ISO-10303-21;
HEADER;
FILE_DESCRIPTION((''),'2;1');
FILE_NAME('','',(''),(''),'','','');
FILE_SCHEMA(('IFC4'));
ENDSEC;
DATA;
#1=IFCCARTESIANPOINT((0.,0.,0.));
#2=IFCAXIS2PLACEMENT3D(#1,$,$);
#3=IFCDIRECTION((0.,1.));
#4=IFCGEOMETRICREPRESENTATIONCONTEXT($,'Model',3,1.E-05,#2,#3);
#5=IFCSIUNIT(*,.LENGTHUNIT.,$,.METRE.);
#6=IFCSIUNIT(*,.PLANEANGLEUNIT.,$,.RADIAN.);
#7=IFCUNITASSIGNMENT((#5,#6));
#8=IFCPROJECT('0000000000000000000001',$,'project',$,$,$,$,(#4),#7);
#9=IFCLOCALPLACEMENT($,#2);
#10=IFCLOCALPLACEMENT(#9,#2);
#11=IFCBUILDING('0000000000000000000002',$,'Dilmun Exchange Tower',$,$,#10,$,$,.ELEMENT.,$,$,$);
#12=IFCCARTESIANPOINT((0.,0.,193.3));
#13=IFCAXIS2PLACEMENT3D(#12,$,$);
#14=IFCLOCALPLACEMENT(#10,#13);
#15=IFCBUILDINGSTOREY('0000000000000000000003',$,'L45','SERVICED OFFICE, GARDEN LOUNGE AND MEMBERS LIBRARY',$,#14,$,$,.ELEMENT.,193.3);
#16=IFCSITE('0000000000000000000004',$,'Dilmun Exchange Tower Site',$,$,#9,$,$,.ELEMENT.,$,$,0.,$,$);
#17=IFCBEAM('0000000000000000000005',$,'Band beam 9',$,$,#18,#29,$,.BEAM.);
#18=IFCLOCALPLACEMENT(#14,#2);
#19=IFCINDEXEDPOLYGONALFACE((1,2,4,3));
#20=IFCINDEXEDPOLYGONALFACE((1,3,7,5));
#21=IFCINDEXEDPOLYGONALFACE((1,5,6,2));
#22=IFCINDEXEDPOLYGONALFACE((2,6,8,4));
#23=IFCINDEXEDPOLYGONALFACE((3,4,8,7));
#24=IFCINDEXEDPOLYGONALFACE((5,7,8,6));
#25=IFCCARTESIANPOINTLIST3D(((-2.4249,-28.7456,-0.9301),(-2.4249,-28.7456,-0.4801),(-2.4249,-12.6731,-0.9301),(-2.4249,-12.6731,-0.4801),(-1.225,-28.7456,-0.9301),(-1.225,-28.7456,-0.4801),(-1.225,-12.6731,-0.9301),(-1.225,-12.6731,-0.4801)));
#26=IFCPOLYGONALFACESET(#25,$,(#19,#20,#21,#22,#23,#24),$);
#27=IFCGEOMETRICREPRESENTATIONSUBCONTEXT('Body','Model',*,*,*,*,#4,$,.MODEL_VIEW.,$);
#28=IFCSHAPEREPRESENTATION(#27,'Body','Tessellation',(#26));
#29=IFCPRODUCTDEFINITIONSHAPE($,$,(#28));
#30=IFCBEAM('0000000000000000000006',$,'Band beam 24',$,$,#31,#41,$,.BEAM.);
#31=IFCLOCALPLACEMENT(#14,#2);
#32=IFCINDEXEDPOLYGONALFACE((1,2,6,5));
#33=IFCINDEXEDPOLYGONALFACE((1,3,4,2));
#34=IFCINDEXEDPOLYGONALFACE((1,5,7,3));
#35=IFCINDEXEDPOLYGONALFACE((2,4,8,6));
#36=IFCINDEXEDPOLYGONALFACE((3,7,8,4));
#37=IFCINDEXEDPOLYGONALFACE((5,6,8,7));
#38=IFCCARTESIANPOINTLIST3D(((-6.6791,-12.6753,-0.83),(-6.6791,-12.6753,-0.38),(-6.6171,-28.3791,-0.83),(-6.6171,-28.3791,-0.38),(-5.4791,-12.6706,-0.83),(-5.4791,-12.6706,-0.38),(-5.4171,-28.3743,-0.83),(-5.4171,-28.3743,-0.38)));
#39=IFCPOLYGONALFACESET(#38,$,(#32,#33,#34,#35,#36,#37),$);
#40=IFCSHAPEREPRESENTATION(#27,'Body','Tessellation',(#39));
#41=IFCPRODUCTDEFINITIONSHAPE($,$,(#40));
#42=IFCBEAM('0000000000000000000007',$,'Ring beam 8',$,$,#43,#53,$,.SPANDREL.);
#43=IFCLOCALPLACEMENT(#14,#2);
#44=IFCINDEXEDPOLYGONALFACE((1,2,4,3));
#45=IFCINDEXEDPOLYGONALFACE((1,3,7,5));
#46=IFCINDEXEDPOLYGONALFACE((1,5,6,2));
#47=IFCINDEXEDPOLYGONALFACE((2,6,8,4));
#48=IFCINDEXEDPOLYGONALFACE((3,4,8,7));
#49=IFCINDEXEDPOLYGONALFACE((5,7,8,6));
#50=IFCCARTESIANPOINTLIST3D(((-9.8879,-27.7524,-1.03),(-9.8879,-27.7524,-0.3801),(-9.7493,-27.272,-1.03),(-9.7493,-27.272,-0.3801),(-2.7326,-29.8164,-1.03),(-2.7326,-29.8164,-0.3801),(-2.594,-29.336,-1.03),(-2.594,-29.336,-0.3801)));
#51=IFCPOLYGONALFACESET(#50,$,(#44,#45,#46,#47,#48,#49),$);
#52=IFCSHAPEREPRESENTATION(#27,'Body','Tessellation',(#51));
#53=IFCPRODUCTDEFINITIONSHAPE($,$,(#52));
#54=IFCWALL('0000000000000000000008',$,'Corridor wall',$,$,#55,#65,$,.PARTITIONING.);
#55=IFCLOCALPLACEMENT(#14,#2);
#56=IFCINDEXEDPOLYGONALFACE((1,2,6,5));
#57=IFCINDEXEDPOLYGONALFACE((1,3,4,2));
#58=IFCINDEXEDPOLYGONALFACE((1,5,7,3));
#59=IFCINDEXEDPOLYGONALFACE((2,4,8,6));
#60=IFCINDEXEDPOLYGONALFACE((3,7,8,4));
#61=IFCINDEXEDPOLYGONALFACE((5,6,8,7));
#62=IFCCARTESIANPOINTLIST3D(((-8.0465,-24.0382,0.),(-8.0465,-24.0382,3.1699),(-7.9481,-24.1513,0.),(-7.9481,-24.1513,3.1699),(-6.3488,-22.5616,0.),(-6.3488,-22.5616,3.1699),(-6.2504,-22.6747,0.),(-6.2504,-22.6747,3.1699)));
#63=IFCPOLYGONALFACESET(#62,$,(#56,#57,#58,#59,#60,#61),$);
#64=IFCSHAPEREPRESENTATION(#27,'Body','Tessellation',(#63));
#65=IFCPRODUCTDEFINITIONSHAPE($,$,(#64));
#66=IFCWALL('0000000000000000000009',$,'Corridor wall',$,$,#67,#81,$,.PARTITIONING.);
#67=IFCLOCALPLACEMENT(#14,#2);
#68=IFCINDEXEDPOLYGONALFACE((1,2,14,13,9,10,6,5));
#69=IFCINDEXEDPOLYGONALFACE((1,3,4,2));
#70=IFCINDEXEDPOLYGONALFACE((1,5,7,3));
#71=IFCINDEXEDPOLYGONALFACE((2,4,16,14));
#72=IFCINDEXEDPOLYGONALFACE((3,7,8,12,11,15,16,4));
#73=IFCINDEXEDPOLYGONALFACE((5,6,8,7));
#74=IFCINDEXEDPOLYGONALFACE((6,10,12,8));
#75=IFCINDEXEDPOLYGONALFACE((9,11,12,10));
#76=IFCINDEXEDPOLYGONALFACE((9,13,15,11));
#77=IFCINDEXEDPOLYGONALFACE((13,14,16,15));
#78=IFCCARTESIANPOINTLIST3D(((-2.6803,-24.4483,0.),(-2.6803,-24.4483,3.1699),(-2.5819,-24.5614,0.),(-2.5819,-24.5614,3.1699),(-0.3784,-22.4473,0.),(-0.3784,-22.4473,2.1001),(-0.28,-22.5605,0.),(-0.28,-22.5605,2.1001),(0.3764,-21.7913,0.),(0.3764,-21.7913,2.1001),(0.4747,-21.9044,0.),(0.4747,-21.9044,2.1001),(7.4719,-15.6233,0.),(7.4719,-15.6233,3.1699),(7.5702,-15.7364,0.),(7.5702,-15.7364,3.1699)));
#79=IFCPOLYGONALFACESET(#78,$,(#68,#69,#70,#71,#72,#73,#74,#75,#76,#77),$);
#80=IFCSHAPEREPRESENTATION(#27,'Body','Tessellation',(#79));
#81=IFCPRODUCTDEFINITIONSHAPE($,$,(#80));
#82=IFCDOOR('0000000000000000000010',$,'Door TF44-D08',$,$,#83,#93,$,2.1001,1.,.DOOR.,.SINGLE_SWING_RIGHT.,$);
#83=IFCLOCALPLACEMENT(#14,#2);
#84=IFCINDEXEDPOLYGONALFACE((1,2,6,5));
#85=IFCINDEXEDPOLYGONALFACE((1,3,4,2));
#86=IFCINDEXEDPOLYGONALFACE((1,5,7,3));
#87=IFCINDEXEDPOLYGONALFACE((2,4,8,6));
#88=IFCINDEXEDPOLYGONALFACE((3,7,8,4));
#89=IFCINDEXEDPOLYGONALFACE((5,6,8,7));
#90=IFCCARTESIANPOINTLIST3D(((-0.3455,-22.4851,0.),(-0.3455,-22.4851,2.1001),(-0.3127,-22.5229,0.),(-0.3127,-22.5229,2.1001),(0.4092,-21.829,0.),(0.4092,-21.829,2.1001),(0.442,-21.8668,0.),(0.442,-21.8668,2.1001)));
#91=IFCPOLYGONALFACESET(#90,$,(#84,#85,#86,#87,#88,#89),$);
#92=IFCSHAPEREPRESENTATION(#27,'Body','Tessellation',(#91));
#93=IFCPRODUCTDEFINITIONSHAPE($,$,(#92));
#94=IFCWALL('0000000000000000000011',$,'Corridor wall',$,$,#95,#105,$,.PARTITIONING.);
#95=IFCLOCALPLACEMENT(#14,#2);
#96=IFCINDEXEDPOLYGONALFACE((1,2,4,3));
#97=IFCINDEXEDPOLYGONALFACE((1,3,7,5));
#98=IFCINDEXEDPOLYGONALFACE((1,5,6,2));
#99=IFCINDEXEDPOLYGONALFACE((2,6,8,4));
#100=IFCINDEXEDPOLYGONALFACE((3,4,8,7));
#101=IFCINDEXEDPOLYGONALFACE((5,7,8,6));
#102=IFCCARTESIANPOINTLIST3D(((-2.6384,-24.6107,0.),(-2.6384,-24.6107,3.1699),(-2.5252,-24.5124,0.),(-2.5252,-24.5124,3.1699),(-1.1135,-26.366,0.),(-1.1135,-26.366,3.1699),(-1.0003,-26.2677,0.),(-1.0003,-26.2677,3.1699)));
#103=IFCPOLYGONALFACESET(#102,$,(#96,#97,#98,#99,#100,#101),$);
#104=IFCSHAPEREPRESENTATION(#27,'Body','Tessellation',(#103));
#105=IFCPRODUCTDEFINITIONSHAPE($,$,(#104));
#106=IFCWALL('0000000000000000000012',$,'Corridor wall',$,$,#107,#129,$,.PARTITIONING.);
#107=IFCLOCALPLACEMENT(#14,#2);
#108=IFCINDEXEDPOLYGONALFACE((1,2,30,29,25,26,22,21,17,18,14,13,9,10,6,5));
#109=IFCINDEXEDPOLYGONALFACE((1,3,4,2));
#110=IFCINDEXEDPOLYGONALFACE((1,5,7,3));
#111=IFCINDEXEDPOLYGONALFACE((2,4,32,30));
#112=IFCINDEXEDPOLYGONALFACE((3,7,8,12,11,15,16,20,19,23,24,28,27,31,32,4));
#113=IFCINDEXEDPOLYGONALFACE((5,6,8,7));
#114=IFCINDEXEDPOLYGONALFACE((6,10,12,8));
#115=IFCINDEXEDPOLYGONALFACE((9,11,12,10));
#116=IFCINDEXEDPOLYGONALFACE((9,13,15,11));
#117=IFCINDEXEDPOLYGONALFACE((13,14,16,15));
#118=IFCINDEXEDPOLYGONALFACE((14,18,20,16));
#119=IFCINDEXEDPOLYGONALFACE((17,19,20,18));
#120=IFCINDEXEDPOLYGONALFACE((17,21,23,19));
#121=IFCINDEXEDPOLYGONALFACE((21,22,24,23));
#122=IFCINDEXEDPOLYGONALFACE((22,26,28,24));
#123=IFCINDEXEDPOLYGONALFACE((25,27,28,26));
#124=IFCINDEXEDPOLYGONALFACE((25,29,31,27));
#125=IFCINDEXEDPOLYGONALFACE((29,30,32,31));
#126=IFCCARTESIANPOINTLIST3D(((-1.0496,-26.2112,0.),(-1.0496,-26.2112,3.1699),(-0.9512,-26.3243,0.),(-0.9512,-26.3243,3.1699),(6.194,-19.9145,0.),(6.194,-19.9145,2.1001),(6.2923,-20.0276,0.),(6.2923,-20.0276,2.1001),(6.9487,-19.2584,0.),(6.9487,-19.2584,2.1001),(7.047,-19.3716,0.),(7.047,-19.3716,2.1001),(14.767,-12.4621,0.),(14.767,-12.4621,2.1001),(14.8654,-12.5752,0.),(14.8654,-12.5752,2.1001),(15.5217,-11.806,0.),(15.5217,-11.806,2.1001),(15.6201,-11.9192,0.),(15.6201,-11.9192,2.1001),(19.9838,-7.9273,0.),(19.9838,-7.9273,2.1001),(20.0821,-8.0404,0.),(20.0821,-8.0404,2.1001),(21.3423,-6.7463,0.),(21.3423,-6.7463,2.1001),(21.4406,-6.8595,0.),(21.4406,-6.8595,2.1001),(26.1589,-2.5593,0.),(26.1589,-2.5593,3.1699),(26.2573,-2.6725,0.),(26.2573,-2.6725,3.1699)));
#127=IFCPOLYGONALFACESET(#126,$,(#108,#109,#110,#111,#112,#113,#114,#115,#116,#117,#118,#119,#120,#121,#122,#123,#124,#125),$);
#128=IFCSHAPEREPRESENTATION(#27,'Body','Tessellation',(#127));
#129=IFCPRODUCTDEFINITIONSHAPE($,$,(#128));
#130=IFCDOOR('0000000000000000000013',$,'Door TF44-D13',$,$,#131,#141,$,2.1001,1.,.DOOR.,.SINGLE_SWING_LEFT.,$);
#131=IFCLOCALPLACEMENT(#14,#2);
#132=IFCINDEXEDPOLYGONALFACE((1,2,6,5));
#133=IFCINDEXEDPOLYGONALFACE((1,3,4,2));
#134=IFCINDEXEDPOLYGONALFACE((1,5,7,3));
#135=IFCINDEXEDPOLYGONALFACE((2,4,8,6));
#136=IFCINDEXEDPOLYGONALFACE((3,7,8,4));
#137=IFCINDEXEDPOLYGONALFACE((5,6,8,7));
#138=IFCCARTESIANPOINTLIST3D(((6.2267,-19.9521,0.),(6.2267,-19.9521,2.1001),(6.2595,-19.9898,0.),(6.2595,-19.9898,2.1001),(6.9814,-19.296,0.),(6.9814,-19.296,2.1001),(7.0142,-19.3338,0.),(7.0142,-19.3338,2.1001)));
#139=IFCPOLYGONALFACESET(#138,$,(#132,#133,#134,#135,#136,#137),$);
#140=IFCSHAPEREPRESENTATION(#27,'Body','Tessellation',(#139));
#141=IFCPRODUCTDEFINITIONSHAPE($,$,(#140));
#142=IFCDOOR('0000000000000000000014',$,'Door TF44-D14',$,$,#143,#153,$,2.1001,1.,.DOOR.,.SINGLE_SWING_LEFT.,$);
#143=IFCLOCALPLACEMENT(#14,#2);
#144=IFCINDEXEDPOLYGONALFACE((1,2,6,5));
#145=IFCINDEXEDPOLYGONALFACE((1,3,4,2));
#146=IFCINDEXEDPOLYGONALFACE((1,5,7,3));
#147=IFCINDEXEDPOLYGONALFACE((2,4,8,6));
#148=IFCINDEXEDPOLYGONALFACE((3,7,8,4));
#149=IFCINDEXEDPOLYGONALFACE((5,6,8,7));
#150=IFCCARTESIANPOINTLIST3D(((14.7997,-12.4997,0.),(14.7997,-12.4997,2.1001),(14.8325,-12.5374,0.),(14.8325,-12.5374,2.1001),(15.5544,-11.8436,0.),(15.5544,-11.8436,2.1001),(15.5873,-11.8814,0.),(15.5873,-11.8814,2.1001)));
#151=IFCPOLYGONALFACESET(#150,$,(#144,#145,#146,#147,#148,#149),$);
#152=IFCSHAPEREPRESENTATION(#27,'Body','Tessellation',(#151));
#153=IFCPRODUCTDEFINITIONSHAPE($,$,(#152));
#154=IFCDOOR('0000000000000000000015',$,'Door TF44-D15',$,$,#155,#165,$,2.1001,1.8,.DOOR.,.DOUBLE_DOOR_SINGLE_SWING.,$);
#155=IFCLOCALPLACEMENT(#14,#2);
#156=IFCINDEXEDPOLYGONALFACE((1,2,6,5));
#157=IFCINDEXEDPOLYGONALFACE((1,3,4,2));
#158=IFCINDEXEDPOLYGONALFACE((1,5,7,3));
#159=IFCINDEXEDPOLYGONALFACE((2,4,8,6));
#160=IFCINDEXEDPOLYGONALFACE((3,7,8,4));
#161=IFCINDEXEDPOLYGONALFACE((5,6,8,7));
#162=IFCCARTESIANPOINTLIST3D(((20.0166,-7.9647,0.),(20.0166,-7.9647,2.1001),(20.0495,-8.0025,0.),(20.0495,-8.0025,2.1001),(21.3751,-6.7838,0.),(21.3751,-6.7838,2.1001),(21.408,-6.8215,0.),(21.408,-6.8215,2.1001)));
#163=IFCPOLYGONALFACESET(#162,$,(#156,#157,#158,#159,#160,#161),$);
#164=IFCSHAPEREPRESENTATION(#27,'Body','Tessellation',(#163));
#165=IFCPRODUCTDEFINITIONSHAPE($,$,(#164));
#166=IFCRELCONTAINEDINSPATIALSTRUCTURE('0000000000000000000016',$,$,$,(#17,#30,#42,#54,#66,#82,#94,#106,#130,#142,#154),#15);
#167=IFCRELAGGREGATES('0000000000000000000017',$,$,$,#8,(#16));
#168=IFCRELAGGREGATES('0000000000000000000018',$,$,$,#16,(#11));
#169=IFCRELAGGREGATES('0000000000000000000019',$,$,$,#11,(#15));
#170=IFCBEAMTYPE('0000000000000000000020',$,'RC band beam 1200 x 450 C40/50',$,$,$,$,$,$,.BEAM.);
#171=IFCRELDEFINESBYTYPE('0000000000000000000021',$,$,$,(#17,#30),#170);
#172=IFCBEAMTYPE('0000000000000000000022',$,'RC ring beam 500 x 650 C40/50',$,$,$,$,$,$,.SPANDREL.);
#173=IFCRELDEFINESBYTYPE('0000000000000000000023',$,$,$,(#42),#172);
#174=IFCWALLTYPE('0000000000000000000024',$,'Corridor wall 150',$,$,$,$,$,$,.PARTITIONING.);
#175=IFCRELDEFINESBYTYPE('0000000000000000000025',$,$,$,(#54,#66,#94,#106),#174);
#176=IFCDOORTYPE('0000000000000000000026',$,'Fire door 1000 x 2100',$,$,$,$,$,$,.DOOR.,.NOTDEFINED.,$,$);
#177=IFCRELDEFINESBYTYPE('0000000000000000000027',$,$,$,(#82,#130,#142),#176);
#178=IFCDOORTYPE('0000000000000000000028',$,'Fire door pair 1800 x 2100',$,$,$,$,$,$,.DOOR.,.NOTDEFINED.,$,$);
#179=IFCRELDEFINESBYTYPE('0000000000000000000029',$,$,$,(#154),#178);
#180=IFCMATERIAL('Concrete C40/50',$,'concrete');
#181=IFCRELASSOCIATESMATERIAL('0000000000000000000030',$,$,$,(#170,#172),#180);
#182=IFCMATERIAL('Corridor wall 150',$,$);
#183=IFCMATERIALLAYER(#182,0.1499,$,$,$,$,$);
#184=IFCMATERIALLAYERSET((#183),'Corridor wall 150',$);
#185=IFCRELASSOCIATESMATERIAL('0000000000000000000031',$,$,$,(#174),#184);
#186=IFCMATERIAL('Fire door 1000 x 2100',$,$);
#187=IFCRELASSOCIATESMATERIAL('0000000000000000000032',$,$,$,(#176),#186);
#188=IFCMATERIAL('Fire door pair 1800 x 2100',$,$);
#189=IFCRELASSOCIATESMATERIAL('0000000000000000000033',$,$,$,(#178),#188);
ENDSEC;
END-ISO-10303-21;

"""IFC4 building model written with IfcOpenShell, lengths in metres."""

from ifc_helpers import new_model, si_unit, direction, frame, frame_2d, origin, origin_2d, place, context, subcontext, project, spatial, rectangle, extrude, material, layer, layer_set, material_profile, profile_set, type_object, element, fill, save


model = new_model("IFC4")

# Units and contexts
model_context = context("Model", 3, precision=1e-05, world=origin(), true_north=direction((0.0, 1.0)))
body_context = subcontext(model_context, "Body", "Model", "MODEL_VIEW")
ifc_project = project(units=[si_unit("LENGTHUNIT", "METRE"), si_unit("PLANEANGLEUNIT", "RADIAN")], contexts=[model_context])

# Site, building, storey
site_placement = place(None, origin())
site = spatial("IfcSite", under=ifc_project, at=site_placement, Name="Dilmun Exchange Tower Site", CompositionType="ELEMENT", RefElevation=0.0)
building_placement = place(site_placement, origin())
building = spatial("IfcBuilding", under=site, at=building_placement, Name="Dilmun Exchange Tower", CompositionType="ELEMENT")
storey_placement = place(building_placement, frame((0.0, 0.0, 193.3)))
storey = spatial("IfcBuildingStorey", under=building, at=storey_placement, Name="L45", Description="SERVICED OFFICE, GARDEN LOUNGE AND MEMBERS LIBRARY", CompositionType="ELEMENT", Elevation=193.3)

# Beams
ifc_material_1 = material(Name="Concrete C40/50", Category="concrete")
ifc_material_profile_1 = material_profile(ifc_material_1, rectangle(XDim=1.2, YDim=0.45, at=origin_2d()), Name="1200 x 450")
ifc_profile_set_1 = profile_set([ifc_material_profile_1], Name="Concrete C40/50")
beam_type_1 = type_object("IfcBeamType", Name="RC band beam 1200 x 450 C40/50", PredefinedType="BEAM", material=ifc_profile_set_1)
beam_1_placement = place(storey_placement, frame((-1.825, -28.7456, -0.7051), z_axis=(0.0, 1.0, 0.0), x_axis=(-1.0, 0.0, 0.0)))
element("IfcBeam", 1, at=beam_1_placement, inside=storey, type_object=beam_type_1, Name="Band beam 9", PredefinedType="BEAM", context=body_context, shape_type="SweptSolid", body=[
    extrude(rectangle(XDim=1.2, YDim=0.45, at=origin_2d()), origin(), (0.0, 0.0, 1.0), 16.0725),
])
beam_2_placement = place(storey_placement, frame((-6.0171, -28.3767, -0.605), z_axis=(-0.003949, 0.999992, 0.0), x_axis=(-0.999992, -0.003949, 0.0)))
element("IfcBeam", 2, at=beam_2_placement, inside=storey, type_object=beam_type_1, Name="Band beam 24", PredefinedType="BEAM", context=body_context, shape_type="SweptSolid", body=[
    extrude(rectangle(XDim=1.2, YDim=0.45, at=origin_2d()), origin(), (0.0, 0.0, 1.0), 15.7039),
])
ifc_material_profile_2 = material_profile(ifc_material_1, rectangle(XDim=0.5, YDim=0.6499, at=origin_2d()), Name="500 x 650")
ifc_profile_set_2 = profile_set([ifc_material_profile_2], Name="Concrete C40/50")
beam_type_2 = type_object("IfcBeamType", Name="RC ring beam 500 x 650 C40/50", PredefinedType="SPANDREL", material=ifc_profile_set_2)
beam_3_placement = place(storey_placement, frame((-9.8186, -27.5122, -0.7051), z_axis=(0.960826, -0.277154, 0.0), x_axis=(0.277154, 0.960826, 0.0)))
element("IfcBeam", 3, at=beam_3_placement, inside=storey, type_object=beam_type_2, Name="Ring beam 8", PredefinedType="SPANDREL", context=body_context, shape_type="SweptSolid", body=[
    extrude(rectangle(XDim=0.5, YDim=0.6499, at=origin_2d()), origin(), (0.0, 0.0, 1.0), 7.447),
])

# Wall
ifc_material_2 = material(Name="Corridor wall 150")
ifc_layer = layer(ifc_material_2, 0.1499)
ifc_layer_set = layer_set([ifc_layer], Name="Corridor wall 150")
wall_type = type_object("IfcWallType", Name="Corridor wall 150", PredefinedType="PARTITIONING", material=ifc_layer_set)
wall_1_placement = place(storey_placement, frame((-7.9973, -24.0947, 0.0), z_axis=(0.0, 0.0, 1.0), x_axis=(0.754549, 0.656243, 0.0)))
element("IfcWall", 4, at=wall_1_placement, inside=storey, type_object=wall_type, Name="Corridor wall", PredefinedType="PARTITIONING", context=body_context, shape_type="SweptSolid", body=[
    extrude(rectangle(XDim=2.25, YDim=0.1499, at=frame_2d((1.125, 0.0))), origin(), (0.0, 0.0, 1.0), 3.1699),
])

# Wall, opening, door
wall_2_placement = place(storey_placement, frame((-2.6311, -24.5049, 0.0), z_axis=(0.0, 0.0, 1.0), x_axis=(0.754715, 0.656053, 0.0)))
wall_2 = element("IfcWall", 5, at=wall_2_placement, inside=storey, type_object=wall_type, Name="Corridor wall", PredefinedType="PARTITIONING", context=body_context, shape_type="SweptSolid", body=[
    extrude(rectangle(XDim=13.4517, YDim=0.1499, at=frame_2d((6.7258, 0.0))), origin(), (0.0, 0.0, 1.0), 3.1699),
])
opening_1_placement = place(wall_2_placement, frame((3.05, 0.0, 0.0)))
opening_1 = element("IfcOpeningElement", 6, at=opening_1_placement, cuts=wall_2, PredefinedType="OPENING", context=body_context, shape_type="SweptSolid", body=[
    extrude(rectangle(XDim=1.0, YDim=2.1001, at=frame_2d((0.5, 1.05))), frame((0.0, 0.085, 0.0), z_axis=(0.0, -1.0, 0.0), x_axis=(1.0, 0.0, 0.0)), (0.0, 0.0, 1.0), 0.1699),
])
ifc_material_3 = material(Name="Fire door 1000 x 2100")
door_type_1 = type_object("IfcDoorType", Name="Fire door 1000 x 2100", OperationType="NOTDEFINED", PredefinedType="DOOR", material=ifc_material_3)
door_1_placement = place(opening_1_placement, origin())
door_1 = element("IfcDoor", 7, at=door_1_placement, inside=storey, type_object=door_type_1, Name="Door TF44-D08", OperationType="SINGLE_SWING_RIGHT", OverallHeight=2.1001, OverallWidth=1.0, PredefinedType="DOOR", context=body_context, shape_type="SweptSolid", body=[
    extrude(rectangle(XDim=1.0, YDim=2.1001, at=frame_2d((0.5, 1.05))), frame((0.0, 0.0249, 0.0), z_axis=(0.0, -1.0, 0.0), x_axis=(1.0, 0.0, 0.0)), (0.0, 0.0, 1.0), 0.05),
])
fill(opening_1, door_1)

# Wall
wall_3_placement = place(storey_placement, frame((-2.5818, -24.5615, 0.0), z_axis=(0.0, 0.0, 1.0), x_axis=(0.65581, -0.754926, 0.0)))
element("IfcWall", 8, at=wall_3_placement, inside=storey, type_object=wall_type, Name="Corridor wall", PredefinedType="PARTITIONING", context=body_context, shape_type="SweptSolid", body=[
    extrude(rectangle(XDim=2.3252, YDim=0.1499, at=frame_2d((1.1626, 0.0))), origin(), (0.0, 0.0, 1.0), 3.1699),
])

# Wall, openings, doors
wall_4_placement = place(storey_placement, frame((-1.0005, -26.2678, 0.0), z_axis=(0.0, 0.0, 1.0), x_axis=(0.754711, 0.656057, 0.0)))
wall_4 = element("IfcWall", 9, at=wall_4_placement, inside=storey, type_object=wall_type, Name="Corridor wall", PredefinedType="PARTITIONING", context=body_context, shape_type="SweptSolid", body=[
    extrude(rectangle(XDim=36.0515, YDim=0.1499, at=frame_2d((18.0259, 0.0))), origin(), (0.0, 0.0, 1.0), 3.1699),
])
opening_2_placement = place(wall_4_placement, frame((9.5979, 0.0, 0.0)))
opening_2 = element("IfcOpeningElement", 10, at=opening_2_placement, cuts=wall_4, PredefinedType="OPENING", context=body_context, shape_type="SweptSolid", body=[
    extrude(rectangle(XDim=1.0, YDim=2.1001, at=frame_2d((0.5, 1.05))), frame((0.0, 0.085, 0.0), z_axis=(0.0, -1.0, 0.0), x_axis=(1.0, 0.0, 0.0)), (0.0, 0.0, 1.0), 0.1699),
])
opening_3_placement = place(wall_4_placement, frame((20.9573, 0.0, 0.0)))
opening_3 = element("IfcOpeningElement", 11, at=opening_3_placement, cuts=wall_4, PredefinedType="OPENING", context=body_context, shape_type="SweptSolid", body=[
    extrude(rectangle(XDim=1.0, YDim=2.1001, at=frame_2d((0.5, 1.05))), frame((0.0, 0.085, 0.0), z_axis=(0.0, -1.0, 0.0), x_axis=(1.0, 0.0, 0.0)), (0.0, 0.0, 1.0), 0.1699),
])
opening_4_placement = place(wall_4_placement, frame((27.8696, 0.0, 0.0)))
opening_4 = element("IfcOpeningElement", 12, at=opening_4_placement, cuts=wall_4, PredefinedType="OPENING", context=body_context, shape_type="SweptSolid", body=[
    extrude(rectangle(XDim=1.8, YDim=2.1001, at=frame_2d((0.8999, 1.05))), frame((0.0, 0.085, 0.0), z_axis=(0.0, -1.0, 0.0), x_axis=(1.0, 0.0, 0.0)), (0.0, 0.0, 1.0), 0.1699),
])
door_2_placement = place(opening_2_placement, frame((1.0, 0.0, 0.0), z_axis=(0.0, 0.0, 1.0), x_axis=(-1.0, 0.0, 0.0)))
door_2 = element("IfcDoor", 13, at=door_2_placement, inside=storey, type_object=door_type_1, Name="Door TF44-D13", OperationType="SINGLE_SWING_LEFT", OverallHeight=2.1001, OverallWidth=1.0, PredefinedType="DOOR", context=body_context, shape_type="SweptSolid", body=[
    extrude(rectangle(XDim=1.0, YDim=2.1001, at=frame_2d((0.5, 1.05))), frame((0.0, 0.0249, 0.0), z_axis=(0.0, -1.0, 0.0), x_axis=(1.0, 0.0, 0.0)), (0.0, 0.0, 1.0), 0.05),
])
fill(opening_2, door_2)
door_3_placement = place(opening_3_placement, frame((1.0, 0.0, 0.0), z_axis=(0.0, 0.0, 1.0), x_axis=(-1.0, 0.0, 0.0)))
door_3 = element("IfcDoor", 14, at=door_3_placement, inside=storey, type_object=door_type_1, Name="Door TF44-D14", OperationType="SINGLE_SWING_LEFT", OverallHeight=2.1001, OverallWidth=1.0, PredefinedType="DOOR", context=body_context, shape_type="SweptSolid", body=[
    extrude(rectangle(XDim=1.0, YDim=2.1001, at=frame_2d((0.5, 1.05))), frame((0.0, 0.0249, 0.0), z_axis=(0.0, -1.0, 0.0), x_axis=(1.0, 0.0, 0.0)), (0.0, 0.0, 1.0), 0.05),
])
fill(opening_3, door_3)
ifc_material_4 = material(Name="Fire door pair 1800 x 2100")
door_type_2 = type_object("IfcDoorType", Name="Fire door pair 1800 x 2100", OperationType="NOTDEFINED", PredefinedType="DOOR", material=ifc_material_4)
door_4_placement = place(opening_4_placement, frame((1.8, 0.0, 0.0), z_axis=(0.0, 0.0, 1.0), x_axis=(-1.0, 0.0, 0.0)))
door_4 = element("IfcDoor", 15, at=door_4_placement, inside=storey, type_object=door_type_2, Name="Door TF44-D15", OperationType="DOUBLE_DOOR_SINGLE_SWING", OverallHeight=2.1001, OverallWidth=1.8, PredefinedType="DOOR", context=body_context, shape_type="SweptSolid", body=[
    extrude(rectangle(XDim=1.8, YDim=2.1001, at=frame_2d((0.8999, 1.05))), frame((0.0, 0.0249, 0.0), z_axis=(0.0, -1.0, 0.0), x_axis=(1.0, 0.0, 0.0)), (0.0, 0.0, 1.0), 0.05),
])
fill(opening_4, door_4)

save(model, "model.ifc")
